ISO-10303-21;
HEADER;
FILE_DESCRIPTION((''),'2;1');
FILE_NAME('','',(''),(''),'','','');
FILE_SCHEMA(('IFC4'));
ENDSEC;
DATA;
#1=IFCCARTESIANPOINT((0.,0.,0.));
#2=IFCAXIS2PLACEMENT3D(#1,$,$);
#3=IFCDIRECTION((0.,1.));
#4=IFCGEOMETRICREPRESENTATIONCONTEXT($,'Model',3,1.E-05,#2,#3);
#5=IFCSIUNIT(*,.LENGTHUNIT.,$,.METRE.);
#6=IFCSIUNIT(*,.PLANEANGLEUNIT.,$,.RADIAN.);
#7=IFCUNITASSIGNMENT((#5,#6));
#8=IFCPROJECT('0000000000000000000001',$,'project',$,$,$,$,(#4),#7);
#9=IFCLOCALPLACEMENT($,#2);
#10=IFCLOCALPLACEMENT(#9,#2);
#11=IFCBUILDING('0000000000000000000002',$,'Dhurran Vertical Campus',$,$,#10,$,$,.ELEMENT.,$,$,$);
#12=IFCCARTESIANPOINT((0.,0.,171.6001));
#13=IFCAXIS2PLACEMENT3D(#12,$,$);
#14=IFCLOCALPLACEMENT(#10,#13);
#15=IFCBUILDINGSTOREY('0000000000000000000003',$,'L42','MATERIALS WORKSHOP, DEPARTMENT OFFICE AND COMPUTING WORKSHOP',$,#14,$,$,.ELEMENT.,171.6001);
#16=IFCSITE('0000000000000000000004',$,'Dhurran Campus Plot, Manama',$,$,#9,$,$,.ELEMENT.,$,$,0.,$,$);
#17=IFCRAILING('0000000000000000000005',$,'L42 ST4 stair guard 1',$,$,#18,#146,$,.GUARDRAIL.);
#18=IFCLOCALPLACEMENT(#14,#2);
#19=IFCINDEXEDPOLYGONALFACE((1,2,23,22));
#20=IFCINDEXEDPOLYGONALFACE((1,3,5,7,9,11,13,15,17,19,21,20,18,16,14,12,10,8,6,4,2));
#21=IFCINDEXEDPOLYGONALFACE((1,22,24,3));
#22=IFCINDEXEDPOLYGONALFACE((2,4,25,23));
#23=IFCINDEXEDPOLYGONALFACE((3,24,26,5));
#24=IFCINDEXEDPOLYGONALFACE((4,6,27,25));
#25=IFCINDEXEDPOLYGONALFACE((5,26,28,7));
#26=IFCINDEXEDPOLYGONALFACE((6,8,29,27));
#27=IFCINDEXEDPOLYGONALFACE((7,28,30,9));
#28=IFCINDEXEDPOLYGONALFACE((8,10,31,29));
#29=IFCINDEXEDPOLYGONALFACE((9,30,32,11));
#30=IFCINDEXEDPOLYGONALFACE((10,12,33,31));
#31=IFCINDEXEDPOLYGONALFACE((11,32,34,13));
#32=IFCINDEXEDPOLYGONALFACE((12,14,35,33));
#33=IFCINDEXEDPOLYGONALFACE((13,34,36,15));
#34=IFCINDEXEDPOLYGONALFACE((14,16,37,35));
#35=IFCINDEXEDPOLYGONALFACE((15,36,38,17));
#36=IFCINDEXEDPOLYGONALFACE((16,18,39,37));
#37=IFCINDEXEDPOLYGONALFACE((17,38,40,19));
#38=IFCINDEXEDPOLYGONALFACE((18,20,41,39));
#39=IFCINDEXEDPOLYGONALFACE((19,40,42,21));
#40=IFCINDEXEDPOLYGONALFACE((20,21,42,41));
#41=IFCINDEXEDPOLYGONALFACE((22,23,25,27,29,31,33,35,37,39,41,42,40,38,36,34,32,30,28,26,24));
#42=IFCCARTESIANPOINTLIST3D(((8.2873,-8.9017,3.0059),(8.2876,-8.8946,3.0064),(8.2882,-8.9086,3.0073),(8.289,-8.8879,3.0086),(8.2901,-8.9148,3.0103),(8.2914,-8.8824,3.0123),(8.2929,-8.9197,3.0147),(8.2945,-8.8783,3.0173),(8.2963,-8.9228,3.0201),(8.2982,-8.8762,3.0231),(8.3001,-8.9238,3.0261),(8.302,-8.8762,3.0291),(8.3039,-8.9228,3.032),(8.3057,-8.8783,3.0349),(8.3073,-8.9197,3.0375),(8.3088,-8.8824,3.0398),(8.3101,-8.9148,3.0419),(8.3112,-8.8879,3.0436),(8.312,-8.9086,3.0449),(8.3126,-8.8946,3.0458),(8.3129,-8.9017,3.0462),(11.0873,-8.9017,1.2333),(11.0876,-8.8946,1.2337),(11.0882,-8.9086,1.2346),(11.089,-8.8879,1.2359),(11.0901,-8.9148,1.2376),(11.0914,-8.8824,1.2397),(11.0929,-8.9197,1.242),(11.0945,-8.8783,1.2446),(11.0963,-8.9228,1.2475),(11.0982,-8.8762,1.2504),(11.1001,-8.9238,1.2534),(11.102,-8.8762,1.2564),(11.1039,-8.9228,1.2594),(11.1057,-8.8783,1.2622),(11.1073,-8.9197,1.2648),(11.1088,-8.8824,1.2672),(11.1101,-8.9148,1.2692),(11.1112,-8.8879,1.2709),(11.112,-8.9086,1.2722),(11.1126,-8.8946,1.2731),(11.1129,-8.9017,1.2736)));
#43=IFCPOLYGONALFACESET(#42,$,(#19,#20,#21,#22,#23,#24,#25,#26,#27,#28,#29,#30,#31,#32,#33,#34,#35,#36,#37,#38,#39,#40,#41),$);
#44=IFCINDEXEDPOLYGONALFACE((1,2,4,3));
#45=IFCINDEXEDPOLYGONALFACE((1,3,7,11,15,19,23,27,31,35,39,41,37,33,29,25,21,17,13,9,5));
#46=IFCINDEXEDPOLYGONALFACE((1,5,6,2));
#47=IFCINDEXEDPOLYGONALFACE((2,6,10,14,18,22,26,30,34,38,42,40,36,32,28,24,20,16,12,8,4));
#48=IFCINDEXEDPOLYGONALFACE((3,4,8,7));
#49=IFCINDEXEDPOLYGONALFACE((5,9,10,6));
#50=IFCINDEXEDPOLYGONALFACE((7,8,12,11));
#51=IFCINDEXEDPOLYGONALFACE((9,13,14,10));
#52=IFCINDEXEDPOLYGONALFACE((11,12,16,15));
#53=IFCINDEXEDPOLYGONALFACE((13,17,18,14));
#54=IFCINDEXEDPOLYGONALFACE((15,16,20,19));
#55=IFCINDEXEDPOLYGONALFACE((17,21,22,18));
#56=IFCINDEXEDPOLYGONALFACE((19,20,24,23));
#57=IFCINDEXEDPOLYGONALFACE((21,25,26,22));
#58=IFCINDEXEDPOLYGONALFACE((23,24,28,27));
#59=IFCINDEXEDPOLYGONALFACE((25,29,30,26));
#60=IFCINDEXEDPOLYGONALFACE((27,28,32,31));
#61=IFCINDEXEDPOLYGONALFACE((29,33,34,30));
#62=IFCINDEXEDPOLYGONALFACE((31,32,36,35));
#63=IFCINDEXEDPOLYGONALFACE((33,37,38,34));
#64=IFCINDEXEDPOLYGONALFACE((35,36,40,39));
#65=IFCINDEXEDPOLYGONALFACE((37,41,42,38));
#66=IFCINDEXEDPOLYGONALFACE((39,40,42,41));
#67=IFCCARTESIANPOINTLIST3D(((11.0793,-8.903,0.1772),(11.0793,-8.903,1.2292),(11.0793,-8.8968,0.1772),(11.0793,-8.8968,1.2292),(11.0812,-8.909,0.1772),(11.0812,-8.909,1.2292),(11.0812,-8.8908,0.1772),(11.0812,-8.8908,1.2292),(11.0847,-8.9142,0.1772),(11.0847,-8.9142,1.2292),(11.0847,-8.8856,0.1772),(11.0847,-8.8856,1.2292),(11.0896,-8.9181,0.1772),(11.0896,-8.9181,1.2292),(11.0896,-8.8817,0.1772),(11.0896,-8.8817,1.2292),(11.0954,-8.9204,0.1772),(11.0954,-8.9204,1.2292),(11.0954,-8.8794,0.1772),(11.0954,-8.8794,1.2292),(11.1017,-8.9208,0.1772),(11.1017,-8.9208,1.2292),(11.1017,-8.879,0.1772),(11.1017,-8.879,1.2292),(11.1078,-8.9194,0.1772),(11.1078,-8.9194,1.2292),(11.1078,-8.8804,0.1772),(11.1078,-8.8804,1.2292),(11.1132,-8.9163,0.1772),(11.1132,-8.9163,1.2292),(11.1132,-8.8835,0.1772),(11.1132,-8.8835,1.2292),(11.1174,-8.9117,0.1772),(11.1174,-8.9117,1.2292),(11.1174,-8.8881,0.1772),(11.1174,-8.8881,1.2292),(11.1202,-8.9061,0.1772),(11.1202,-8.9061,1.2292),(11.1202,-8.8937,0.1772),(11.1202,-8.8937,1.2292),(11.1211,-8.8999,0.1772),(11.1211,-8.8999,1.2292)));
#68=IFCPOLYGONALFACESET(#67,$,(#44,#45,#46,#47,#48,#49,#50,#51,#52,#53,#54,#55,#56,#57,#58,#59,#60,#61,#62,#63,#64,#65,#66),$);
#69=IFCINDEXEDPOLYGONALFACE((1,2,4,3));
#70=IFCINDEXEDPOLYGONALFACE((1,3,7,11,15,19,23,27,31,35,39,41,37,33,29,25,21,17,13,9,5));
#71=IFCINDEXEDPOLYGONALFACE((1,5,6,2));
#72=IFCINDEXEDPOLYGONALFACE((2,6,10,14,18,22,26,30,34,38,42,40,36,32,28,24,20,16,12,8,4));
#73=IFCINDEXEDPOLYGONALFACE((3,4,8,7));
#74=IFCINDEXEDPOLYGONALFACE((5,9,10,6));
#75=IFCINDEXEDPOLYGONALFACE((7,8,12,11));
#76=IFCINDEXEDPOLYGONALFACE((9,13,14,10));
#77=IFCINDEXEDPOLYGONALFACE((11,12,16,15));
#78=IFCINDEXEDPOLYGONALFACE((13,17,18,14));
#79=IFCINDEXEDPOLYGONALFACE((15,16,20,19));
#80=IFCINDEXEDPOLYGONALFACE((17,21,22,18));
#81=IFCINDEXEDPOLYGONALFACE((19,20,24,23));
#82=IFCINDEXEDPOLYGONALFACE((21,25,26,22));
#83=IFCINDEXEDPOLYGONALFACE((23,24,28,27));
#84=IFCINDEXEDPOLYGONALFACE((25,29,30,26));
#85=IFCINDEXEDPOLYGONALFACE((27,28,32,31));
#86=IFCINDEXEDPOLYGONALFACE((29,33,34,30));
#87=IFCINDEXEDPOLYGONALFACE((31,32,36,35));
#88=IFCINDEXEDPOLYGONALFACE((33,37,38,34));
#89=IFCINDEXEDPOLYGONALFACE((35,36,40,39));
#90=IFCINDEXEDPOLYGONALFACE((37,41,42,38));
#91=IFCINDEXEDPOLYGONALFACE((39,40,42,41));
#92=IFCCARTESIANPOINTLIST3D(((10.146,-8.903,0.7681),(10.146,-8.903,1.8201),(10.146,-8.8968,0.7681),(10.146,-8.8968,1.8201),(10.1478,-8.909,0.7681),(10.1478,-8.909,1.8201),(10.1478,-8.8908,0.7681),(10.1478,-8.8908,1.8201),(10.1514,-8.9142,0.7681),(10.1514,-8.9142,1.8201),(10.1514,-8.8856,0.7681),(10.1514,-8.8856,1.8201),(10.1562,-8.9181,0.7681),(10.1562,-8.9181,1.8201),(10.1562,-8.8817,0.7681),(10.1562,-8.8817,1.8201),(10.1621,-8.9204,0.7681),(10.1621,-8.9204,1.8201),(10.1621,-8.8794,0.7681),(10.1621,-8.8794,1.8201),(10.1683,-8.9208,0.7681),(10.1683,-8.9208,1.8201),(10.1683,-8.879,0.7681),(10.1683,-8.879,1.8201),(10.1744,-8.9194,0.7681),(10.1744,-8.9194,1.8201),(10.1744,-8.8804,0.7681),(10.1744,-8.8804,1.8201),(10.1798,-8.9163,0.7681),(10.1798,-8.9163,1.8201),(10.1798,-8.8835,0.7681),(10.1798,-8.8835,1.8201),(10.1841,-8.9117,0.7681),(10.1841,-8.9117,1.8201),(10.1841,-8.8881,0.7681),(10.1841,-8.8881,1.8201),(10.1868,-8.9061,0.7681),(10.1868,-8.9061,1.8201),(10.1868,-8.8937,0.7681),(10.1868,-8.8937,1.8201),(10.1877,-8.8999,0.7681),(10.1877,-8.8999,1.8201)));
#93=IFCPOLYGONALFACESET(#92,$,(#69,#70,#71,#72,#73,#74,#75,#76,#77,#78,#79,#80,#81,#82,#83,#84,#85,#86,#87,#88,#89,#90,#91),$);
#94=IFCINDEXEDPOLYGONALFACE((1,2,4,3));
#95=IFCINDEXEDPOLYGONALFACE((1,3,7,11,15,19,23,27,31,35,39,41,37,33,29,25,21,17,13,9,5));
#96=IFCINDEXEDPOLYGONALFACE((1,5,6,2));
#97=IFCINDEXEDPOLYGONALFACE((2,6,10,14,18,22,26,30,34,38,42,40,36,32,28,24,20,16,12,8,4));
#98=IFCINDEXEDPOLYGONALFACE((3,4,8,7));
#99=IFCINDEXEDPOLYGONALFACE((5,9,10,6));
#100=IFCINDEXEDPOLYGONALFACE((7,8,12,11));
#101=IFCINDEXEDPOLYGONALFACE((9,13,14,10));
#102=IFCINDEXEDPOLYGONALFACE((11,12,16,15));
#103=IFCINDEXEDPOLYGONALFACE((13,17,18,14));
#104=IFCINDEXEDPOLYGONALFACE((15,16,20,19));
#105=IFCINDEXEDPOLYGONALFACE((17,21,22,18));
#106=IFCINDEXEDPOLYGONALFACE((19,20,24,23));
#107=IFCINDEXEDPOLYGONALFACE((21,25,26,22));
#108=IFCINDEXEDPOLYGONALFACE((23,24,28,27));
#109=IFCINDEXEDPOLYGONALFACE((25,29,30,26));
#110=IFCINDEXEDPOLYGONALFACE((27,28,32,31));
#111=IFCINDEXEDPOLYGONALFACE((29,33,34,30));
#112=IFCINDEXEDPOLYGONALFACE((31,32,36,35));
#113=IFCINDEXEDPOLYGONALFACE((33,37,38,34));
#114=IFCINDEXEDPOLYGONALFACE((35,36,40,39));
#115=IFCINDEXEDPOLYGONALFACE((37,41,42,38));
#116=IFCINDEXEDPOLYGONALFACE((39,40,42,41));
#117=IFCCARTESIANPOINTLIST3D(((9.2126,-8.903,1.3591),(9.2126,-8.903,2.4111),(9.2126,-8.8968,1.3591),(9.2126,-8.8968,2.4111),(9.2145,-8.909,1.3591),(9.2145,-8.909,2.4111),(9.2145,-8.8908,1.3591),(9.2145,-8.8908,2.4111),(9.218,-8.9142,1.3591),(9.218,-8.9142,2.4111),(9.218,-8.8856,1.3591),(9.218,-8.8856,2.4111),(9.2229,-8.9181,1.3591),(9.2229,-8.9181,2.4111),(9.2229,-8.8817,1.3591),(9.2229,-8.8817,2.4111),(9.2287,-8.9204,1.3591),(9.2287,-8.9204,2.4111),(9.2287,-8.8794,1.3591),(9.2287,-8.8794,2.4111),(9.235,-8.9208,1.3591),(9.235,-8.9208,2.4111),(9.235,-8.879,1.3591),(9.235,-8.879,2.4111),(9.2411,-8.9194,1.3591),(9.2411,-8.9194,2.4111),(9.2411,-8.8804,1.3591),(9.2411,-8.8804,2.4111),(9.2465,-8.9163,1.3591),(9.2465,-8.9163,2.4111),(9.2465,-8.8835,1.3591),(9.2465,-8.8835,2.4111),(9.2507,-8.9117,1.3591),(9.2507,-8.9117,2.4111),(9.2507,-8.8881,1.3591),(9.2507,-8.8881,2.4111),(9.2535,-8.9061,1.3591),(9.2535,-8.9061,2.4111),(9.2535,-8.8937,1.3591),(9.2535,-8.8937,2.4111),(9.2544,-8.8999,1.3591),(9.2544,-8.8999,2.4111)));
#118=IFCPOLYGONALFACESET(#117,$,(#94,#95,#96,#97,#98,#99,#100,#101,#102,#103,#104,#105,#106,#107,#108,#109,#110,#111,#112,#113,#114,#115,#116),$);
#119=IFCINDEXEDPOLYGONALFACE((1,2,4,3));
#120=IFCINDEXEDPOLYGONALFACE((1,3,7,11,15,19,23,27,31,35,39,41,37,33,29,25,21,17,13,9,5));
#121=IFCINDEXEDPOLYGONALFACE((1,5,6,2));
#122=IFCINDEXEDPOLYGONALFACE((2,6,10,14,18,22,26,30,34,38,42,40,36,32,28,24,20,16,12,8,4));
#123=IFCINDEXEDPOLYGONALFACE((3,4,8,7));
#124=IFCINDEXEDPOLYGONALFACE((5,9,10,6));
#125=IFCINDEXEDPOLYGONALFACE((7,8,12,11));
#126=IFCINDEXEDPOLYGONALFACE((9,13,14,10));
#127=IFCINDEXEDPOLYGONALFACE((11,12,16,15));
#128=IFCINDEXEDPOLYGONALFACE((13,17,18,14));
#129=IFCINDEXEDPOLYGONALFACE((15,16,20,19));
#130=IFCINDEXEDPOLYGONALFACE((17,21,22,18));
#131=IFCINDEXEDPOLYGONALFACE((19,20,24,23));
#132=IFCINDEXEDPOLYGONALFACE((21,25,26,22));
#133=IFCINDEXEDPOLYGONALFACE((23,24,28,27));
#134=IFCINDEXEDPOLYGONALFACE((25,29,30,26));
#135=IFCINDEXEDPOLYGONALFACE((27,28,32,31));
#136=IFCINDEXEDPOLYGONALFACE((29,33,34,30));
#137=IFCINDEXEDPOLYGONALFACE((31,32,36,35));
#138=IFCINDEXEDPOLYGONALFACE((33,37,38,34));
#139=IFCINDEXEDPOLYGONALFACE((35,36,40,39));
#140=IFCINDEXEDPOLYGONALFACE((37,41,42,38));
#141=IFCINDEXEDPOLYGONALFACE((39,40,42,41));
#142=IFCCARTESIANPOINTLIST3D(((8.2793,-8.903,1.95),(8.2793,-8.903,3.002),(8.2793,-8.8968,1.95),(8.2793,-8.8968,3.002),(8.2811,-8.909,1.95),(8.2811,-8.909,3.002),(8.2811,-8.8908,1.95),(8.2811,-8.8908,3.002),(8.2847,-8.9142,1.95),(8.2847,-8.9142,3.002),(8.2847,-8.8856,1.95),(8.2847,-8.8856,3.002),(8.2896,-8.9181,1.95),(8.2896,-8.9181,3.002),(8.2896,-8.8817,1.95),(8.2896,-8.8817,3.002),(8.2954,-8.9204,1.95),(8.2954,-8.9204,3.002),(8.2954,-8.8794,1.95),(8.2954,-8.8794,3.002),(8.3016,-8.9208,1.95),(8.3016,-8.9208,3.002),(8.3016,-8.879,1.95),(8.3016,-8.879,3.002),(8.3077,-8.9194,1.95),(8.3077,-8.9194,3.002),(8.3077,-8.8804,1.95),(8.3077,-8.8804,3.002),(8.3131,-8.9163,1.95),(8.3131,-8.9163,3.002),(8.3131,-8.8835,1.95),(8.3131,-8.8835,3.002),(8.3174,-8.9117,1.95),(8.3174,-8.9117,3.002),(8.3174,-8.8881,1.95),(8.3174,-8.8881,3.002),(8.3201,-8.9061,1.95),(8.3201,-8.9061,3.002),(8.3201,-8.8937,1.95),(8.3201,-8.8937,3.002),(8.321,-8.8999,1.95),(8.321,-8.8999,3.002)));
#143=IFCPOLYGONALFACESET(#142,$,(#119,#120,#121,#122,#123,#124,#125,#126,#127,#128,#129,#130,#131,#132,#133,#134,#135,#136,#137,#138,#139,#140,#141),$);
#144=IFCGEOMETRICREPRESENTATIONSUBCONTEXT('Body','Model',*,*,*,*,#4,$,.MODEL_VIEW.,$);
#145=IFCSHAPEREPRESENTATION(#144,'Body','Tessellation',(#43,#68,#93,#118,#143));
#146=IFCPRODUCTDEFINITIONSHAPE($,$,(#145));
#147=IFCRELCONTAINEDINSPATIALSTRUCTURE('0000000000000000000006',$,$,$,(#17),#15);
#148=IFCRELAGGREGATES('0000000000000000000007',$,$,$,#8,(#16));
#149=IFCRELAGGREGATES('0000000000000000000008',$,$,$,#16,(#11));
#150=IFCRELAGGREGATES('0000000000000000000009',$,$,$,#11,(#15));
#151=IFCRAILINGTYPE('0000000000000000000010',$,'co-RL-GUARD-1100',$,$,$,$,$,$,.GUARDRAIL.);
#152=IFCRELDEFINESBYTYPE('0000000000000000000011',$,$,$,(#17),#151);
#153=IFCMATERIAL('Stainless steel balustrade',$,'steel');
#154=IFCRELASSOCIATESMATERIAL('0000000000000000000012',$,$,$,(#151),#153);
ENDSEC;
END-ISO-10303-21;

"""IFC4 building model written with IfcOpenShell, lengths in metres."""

from ifc_helpers import new_model, si_unit, direction, frame, origin, origin_2d, place, context, subcontext, project, spatial, circle, extrude, material, type_object, element, save


model = new_model("IFC4")

# Units and contexts
model_context = context("Model", 3, precision=1e-05, world=origin(), true_north=direction((0.0, 1.0)))
body_context = subcontext(model_context, "Body", "Model", "MODEL_VIEW")
ifc_project = project(units=[si_unit("LENGTHUNIT", "METRE"), si_unit("PLANEANGLEUNIT", "RADIAN")], contexts=[model_context])

# Site, building, storey
site_placement = place(None, origin())
site = spatial("IfcSite", under=ifc_project, at=site_placement, Name="Dhurran Campus Plot, Manama", CompositionType="ELEMENT", RefElevation=0.0)
building_placement = place(site_placement, origin())
building = spatial("IfcBuilding", under=site, at=building_placement, Name="Dhurran Vertical Campus", CompositionType="ELEMENT")
storey_placement = place(building_placement, frame((0.0, 0.0, 171.6001)))
storey = spatial("IfcBuildingStorey", under=building, at=storey_placement, Name="L42", Description="MATERIALS WORKSHOP, DEPARTMENT OFFICE AND COMPUTING WORKSHOP", CompositionType="ELEMENT", Elevation=171.6001)

# Railing
ifc_material_1 = material(Name="Stainless steel balustrade", Category="steel")
railing_type_1 = type_object("IfcRailingType", Name="co-RL-GUARD-1100", PredefinedType="GUARDRAIL", material=ifc_material_1)
railing_1_placement = place(storey_placement, frame((11.1001, -8.8999, 0.1772)))
element("IfcRailing", 1, at=railing_1_placement, inside=storey, type_object=railing_type_1, Name="L42 ST4 stair guard 1", PredefinedType="GUARDRAIL", context=body_context, shape_type="SweptSolid", body=[
    extrude(circle(Radius=0.0239, at=origin_2d()), frame((0.0, 0.0, 1.0762), z_axis=(-0.844909, 0.0, 0.53491), x_axis=(0.0, -1.0, 0.0)), (0.0, 0.0, 1.0), 3.314),
    extrude(circle(Radius=0.021, at=origin_2d()), origin(), (0.0, 0.0, 1.0), 1.052),
    extrude(circle(Radius=0.021, at=origin_2d()), frame((-0.9333, 0.0, 0.5908)), (0.0, 0.0, 1.0), 1.052),
    extrude(circle(Radius=0.021, at=origin_2d()), frame((-1.8667, 0.0, 1.1819)), (0.0, 0.0, 1.0), 1.052),
    extrude(circle(Radius=0.021, at=origin_2d()), frame((-2.8, 0.0, 1.7727)), (0.0, 0.0, 1.0), 1.052),
])

save(model, "model.ifc")
